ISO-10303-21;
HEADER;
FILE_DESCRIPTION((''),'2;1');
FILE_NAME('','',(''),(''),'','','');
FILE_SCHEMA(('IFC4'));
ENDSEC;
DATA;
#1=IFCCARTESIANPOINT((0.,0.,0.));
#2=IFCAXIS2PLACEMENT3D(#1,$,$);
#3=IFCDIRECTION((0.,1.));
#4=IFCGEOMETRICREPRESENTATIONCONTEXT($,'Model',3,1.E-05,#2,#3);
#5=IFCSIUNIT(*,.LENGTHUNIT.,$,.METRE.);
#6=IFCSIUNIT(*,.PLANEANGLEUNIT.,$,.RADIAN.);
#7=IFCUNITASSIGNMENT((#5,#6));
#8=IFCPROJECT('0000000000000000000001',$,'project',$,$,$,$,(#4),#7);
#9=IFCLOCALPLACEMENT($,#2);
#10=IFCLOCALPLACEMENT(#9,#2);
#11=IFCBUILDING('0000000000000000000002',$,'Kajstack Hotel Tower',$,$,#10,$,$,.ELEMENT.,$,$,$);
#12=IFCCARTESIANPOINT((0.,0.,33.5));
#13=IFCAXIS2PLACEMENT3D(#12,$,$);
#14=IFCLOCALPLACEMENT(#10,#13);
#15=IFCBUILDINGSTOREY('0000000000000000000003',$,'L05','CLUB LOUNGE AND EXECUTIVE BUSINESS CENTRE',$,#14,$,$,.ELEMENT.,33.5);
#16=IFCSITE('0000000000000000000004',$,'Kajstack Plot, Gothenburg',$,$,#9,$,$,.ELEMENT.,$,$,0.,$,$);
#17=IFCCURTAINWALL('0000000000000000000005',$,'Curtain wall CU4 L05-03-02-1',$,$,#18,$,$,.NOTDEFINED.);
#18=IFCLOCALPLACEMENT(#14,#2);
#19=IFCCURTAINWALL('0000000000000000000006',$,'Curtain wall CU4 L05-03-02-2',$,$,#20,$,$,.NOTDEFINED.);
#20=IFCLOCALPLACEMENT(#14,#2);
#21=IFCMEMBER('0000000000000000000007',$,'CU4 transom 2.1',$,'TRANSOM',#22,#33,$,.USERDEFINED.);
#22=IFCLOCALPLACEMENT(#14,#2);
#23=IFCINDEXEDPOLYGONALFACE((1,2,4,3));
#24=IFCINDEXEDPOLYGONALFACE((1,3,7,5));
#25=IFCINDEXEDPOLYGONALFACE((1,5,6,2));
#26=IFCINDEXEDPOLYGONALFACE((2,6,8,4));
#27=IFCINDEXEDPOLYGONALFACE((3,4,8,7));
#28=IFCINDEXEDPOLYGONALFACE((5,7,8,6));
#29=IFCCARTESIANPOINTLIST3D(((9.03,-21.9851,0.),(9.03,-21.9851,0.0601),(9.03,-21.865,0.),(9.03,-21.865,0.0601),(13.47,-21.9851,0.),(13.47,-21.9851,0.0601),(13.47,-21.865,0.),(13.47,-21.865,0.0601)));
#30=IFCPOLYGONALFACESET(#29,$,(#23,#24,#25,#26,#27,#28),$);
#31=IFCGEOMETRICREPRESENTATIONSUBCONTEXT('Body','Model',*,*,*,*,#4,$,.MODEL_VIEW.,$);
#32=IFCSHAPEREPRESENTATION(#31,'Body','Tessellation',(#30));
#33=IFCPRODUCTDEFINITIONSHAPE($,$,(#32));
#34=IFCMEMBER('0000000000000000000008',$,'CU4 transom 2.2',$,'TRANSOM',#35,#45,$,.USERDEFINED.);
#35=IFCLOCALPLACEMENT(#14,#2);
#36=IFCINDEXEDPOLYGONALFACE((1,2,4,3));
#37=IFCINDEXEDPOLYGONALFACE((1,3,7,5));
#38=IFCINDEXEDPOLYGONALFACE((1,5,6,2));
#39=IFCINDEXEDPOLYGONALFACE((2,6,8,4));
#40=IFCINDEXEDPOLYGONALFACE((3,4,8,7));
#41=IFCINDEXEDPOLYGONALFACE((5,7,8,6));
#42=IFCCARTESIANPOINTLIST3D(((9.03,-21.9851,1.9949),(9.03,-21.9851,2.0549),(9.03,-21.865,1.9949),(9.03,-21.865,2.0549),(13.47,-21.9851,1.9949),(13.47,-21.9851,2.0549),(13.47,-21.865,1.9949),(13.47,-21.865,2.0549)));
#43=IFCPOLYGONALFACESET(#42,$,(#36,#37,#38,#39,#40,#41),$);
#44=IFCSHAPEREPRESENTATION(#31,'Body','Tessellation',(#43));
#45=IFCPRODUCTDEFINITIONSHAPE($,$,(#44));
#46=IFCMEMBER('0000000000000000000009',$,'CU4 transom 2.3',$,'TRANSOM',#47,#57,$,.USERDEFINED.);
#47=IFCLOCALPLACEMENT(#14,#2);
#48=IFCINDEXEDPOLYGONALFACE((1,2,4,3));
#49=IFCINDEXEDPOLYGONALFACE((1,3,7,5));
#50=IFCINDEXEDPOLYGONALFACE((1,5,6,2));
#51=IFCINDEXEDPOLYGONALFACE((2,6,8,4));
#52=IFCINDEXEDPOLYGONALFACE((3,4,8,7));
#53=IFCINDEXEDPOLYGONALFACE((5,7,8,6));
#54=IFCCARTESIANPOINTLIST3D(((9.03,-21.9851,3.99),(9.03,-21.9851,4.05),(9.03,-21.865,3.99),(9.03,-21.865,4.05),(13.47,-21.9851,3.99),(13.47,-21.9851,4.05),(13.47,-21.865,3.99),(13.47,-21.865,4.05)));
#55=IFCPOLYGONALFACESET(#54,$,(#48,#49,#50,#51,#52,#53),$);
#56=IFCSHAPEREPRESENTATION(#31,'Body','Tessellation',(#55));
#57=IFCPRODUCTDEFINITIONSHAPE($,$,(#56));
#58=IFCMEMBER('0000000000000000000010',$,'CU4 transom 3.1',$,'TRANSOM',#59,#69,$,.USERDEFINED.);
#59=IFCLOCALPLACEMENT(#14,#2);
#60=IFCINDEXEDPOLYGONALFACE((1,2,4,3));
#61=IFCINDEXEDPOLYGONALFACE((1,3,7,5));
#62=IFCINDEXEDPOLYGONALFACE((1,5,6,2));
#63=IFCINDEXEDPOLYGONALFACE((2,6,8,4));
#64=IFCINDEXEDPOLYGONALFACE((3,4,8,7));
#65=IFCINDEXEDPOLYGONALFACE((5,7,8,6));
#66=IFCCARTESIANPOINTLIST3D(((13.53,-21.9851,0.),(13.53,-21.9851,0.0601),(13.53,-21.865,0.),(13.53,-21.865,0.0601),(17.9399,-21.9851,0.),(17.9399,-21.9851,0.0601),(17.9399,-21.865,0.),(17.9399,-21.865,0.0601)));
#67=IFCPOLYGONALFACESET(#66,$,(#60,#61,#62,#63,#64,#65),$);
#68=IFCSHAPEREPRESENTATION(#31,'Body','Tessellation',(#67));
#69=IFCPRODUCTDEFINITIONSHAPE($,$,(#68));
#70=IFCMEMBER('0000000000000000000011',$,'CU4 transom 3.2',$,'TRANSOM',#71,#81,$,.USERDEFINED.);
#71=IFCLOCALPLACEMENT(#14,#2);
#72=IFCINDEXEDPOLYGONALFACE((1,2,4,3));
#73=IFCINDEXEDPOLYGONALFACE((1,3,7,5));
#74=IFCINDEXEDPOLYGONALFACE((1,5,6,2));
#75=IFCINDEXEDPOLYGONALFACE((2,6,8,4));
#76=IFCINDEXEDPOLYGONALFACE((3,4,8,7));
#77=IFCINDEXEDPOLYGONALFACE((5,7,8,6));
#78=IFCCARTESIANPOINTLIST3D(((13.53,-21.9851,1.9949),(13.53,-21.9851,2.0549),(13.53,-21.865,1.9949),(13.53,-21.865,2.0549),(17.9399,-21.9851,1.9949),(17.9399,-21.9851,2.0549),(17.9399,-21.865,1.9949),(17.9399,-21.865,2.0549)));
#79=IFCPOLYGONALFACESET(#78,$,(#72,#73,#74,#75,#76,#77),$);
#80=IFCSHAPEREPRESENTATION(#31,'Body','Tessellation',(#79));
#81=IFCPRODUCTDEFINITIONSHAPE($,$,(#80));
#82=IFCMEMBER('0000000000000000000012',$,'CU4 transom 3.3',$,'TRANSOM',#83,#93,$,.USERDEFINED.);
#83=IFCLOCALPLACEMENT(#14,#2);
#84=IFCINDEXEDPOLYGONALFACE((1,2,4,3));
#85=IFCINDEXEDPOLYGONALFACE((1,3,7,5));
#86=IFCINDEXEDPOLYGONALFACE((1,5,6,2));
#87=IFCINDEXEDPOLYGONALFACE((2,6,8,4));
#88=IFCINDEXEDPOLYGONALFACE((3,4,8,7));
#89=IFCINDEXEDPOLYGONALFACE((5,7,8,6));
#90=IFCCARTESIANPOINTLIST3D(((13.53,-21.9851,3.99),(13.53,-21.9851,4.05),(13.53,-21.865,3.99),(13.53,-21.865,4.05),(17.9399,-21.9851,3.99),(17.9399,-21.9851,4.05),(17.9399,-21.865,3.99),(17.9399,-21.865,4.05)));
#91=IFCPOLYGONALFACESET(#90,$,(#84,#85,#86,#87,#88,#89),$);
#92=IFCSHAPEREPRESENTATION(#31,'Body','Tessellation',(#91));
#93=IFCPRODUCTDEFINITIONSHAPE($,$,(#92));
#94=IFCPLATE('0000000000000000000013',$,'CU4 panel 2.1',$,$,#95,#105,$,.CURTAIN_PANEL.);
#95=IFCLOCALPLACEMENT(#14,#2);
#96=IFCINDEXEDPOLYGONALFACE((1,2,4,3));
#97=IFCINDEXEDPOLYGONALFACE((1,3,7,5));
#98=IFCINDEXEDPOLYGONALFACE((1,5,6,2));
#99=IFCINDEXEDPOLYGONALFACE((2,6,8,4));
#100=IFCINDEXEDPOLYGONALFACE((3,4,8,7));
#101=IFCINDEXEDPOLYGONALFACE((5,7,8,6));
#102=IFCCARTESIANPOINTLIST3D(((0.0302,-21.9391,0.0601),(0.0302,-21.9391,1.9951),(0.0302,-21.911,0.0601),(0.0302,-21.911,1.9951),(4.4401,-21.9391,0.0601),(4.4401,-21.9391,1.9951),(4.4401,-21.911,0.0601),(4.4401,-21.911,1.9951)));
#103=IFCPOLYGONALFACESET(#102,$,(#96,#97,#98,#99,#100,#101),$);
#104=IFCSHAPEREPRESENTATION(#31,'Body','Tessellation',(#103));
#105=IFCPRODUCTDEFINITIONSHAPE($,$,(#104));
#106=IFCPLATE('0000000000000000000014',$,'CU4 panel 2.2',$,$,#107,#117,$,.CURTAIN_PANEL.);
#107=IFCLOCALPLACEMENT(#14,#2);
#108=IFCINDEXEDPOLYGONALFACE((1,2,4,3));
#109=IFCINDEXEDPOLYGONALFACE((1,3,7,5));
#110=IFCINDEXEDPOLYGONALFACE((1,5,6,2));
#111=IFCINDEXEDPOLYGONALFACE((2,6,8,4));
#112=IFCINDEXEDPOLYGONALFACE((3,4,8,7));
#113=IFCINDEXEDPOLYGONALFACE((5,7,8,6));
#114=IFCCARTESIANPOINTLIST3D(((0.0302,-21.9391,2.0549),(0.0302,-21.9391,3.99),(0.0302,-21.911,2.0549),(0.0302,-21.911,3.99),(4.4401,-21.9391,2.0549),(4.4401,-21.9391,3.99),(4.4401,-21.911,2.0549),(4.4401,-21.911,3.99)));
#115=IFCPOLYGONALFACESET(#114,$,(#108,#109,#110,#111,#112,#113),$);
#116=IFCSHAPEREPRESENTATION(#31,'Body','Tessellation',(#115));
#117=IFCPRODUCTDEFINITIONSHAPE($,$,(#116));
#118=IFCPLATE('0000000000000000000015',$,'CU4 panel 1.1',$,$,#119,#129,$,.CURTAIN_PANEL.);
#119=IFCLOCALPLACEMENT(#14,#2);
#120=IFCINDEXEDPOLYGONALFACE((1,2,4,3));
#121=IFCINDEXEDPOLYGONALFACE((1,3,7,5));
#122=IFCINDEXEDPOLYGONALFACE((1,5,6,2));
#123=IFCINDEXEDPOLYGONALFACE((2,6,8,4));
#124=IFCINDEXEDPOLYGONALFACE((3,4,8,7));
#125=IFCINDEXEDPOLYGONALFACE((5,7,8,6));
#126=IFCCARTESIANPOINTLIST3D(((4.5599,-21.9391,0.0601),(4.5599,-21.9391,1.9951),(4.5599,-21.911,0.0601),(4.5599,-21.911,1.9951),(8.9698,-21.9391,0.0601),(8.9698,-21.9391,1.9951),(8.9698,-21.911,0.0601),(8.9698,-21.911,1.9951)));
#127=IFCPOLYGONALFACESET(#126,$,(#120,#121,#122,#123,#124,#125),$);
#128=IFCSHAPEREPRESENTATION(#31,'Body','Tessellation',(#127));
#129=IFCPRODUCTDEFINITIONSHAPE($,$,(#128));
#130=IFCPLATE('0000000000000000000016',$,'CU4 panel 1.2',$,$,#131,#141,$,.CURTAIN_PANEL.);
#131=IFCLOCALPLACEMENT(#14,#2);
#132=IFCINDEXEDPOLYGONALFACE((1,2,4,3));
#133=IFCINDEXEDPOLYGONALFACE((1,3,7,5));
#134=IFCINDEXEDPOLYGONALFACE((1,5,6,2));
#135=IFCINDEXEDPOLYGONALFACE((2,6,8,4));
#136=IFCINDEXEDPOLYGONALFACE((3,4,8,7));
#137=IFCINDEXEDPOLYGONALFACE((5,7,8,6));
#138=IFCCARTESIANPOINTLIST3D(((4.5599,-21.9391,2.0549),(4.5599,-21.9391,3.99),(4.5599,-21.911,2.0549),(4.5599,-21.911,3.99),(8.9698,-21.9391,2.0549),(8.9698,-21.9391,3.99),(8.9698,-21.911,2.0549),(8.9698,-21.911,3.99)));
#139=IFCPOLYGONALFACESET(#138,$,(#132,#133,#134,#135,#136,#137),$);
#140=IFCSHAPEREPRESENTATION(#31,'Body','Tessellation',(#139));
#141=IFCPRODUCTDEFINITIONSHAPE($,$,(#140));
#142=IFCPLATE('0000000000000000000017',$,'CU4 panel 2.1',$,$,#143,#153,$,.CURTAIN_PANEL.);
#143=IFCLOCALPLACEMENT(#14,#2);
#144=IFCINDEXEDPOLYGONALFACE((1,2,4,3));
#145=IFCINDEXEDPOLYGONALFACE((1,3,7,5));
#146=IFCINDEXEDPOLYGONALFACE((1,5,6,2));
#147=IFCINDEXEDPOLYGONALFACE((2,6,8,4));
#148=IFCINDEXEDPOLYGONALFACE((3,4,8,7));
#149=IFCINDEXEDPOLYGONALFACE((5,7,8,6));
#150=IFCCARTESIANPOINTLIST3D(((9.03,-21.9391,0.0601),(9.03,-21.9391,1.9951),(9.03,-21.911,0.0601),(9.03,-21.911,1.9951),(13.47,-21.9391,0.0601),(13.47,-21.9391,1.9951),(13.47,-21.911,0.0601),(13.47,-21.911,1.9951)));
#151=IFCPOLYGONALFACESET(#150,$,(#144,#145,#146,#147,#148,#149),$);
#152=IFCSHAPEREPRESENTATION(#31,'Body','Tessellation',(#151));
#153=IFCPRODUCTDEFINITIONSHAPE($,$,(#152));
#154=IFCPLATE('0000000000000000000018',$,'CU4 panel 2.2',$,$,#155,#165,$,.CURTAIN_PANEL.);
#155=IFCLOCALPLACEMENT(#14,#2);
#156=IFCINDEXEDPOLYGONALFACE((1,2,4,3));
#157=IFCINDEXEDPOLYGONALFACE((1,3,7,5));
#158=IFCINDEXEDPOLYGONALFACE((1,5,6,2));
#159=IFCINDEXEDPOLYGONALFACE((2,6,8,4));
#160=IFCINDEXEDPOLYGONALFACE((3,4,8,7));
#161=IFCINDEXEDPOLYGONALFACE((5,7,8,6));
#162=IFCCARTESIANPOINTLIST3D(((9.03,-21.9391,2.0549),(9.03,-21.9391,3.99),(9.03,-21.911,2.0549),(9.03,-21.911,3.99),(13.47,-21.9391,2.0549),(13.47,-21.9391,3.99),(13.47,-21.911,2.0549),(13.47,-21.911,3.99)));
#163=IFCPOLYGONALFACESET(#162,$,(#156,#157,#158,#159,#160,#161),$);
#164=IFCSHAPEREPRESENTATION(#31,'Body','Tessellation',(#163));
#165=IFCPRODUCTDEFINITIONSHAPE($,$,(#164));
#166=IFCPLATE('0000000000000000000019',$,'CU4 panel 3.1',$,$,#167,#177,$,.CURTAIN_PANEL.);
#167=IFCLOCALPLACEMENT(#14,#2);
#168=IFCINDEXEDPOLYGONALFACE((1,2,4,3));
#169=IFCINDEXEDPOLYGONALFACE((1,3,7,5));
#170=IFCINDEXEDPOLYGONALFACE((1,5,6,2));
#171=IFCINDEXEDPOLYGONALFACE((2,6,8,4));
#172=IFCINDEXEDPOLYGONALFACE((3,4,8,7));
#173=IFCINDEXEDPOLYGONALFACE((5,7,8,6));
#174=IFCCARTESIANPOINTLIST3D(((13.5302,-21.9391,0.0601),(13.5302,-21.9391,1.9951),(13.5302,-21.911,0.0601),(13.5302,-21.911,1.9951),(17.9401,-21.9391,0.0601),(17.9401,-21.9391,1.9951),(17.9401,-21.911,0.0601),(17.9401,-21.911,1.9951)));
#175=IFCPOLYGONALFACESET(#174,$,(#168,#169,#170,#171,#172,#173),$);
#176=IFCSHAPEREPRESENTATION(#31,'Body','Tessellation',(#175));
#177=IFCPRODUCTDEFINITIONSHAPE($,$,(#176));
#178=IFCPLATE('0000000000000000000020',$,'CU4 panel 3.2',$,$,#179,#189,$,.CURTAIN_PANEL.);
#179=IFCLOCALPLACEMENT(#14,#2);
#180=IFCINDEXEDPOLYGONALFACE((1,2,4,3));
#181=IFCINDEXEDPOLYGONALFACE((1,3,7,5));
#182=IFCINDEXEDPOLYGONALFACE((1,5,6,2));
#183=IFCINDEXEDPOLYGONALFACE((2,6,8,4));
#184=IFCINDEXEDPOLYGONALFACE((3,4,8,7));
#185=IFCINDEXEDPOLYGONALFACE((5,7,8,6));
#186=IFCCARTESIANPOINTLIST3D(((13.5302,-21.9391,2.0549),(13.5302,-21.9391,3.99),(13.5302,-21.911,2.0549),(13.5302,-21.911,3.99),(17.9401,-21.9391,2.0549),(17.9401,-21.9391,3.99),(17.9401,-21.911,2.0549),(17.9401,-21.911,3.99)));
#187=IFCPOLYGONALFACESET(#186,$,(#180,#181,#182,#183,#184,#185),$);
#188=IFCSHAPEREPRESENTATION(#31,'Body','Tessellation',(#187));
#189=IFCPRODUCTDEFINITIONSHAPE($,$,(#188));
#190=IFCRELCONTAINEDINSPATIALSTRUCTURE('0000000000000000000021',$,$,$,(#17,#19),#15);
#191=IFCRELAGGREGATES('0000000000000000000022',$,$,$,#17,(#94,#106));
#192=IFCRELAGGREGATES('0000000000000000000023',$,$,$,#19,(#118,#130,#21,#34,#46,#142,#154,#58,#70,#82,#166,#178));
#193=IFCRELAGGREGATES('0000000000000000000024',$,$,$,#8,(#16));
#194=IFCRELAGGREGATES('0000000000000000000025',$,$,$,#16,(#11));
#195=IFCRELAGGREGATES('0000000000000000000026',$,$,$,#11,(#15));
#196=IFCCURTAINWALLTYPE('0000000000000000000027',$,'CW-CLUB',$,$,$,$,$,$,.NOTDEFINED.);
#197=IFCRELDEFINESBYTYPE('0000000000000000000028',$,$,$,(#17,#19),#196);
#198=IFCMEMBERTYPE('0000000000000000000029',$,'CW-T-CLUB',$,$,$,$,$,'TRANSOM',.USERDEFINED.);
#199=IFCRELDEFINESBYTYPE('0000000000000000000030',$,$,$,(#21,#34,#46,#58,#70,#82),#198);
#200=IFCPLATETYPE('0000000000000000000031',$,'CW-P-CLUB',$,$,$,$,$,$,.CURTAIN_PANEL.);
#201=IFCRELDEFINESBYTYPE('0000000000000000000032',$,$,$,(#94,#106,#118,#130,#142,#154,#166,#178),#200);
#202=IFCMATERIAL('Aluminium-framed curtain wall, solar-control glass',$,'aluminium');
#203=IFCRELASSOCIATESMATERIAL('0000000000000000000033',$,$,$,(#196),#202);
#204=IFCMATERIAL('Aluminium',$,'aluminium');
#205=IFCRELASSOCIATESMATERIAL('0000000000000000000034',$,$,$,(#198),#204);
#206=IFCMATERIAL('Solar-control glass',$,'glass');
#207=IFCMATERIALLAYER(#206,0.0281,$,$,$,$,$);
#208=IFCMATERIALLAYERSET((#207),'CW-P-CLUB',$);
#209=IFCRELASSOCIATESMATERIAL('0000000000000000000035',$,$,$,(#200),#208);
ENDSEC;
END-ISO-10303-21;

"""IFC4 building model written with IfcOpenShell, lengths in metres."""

from ifc_helpers import new_model, si_unit, direction, frame, origin, origin_2d, place, context, subcontext, project, spatial, rectangle, extrude, material, layer, layer_set, material_profile, profile_set, type_object, element, aggregate, save


model = new_model("IFC4")

# Units and contexts
model_context = context("Model", 3, precision=1e-05, world=origin(), true_north=direction((0.0, 1.0)))
body_context = subcontext(model_context, "Body", "Model", "MODEL_VIEW")
ifc_project = project(units=[si_unit("LENGTHUNIT", "METRE"), si_unit("PLANEANGLEUNIT", "RADIAN")], contexts=[model_context])

# Site, building, storey
site_placement = place(None, origin())
site = spatial("IfcSite", under=ifc_project, at=site_placement, Name="Kajstack Plot, Gothenburg", CompositionType="ELEMENT", RefElevation=0.0)
building_placement = place(site_placement, origin())
building = spatial("IfcBuilding", under=site, at=building_placement, Name="Kajstack Hotel Tower", CompositionType="ELEMENT")
storey_placement = place(building_placement, frame((0.0, 0.0, 33.5)))
storey = spatial("IfcBuildingStorey", under=building, at=storey_placement, Name="L05", Description="CLUB LOUNGE AND EXECUTIVE BUSINESS CENTRE", CompositionType="ELEMENT", Elevation=33.5)

# Curtain walls
ifc_material_1 = material(Name="Aluminium-framed curtain wall, solar-control glass", Category="aluminium")
curtain_wall_type = type_object("IfcCurtainWallType", Name="CW-CLUB", PredefinedType="NOTDEFINED", material=ifc_material_1)
curtain_wall_1_placement = place(storey_placement, origin())
curtain_wall_1 = element("IfcCurtainWall", 1, at=curtain_wall_1_placement, inside=storey, type_object=curtain_wall_type, Name="Curtain wall CU4 L05-03-02-1", PredefinedType="NOTDEFINED")
ifc_material_2 = material(Name="Aluminium", Category="aluminium")
curtain_wall_2_placement = place(storey_placement, origin())
curtain_wall_2 = element("IfcCurtainWall", 2, at=curtain_wall_2_placement, inside=storey, type_object=curtain_wall_type, Name="Curtain wall CU4 L05-03-02-2", PredefinedType="NOTDEFINED")

# Members
ifc_material_profile_1 = material_profile(ifc_material_2, rectangle(XDim=0.1201, YDim=0.0601, at=origin_2d()), Name="Aluminium transom 120 x 60")
ifc_profile_set_1 = profile_set([ifc_material_profile_1], Name="Aluminium")
member_type_1 = type_object("IfcMemberType", Name="CW-T-CLUB", ElementType="TRANSOM", PredefinedType="USERDEFINED", material=ifc_profile_set_1)
member_1_placement = place(storey_placement, frame((9.03, -21.925, 0.03), z_axis=(1.0, 0.0, 0.0), x_axis=(0.0, 1.0, 0.0)))
member_1 = element("IfcMember", 3, at=member_1_placement, type_object=member_type_1, Name="CU4 transom 2.1", ObjectType="TRANSOM", PredefinedType="USERDEFINED", context=body_context, shape_type="SweptSolid", body=[
    extrude(rectangle(XDim=0.1201, YDim=0.0601, at=origin_2d()), origin(), (0.0, 0.0, 1.0), 4.4399),
])
member_2_placement = place(storey_placement, frame((9.03, -21.925, 2.0249), z_axis=(1.0, 0.0, 0.0), x_axis=(0.0, 1.0, 0.0)))
member_2 = element("IfcMember", 4, at=member_2_placement, type_object=member_type_1, Name="CU4 transom 2.2", ObjectType="TRANSOM", PredefinedType="USERDEFINED", context=body_context, shape_type="SweptSolid", body=[
    extrude(rectangle(XDim=0.1201, YDim=0.0601, at=origin_2d()), origin(), (0.0, 0.0, 1.0), 4.4399),
])
member_3_placement = place(storey_placement, frame((9.03, -21.925, 4.02), z_axis=(1.0, 0.0, 0.0), x_axis=(0.0, 1.0, 0.0)))
member_3 = element("IfcMember", 5, at=member_3_placement, type_object=member_type_1, Name="CU4 transom 2.3", ObjectType="TRANSOM", PredefinedType="USERDEFINED", context=body_context, shape_type="SweptSolid", body=[
    extrude(rectangle(XDim=0.1201, YDim=0.0601, at=origin_2d()), origin(), (0.0, 0.0, 1.0), 4.4399),
])
member_4_placement = place(storey_placement, frame((13.53, -21.925, 0.03), z_axis=(1.0, 0.0, 0.0), x_axis=(0.0, 1.0, 0.0)))
member_4 = element("IfcMember", 6, at=member_4_placement, type_object=member_type_1, Name="CU4 transom 3.1", ObjectType="TRANSOM", PredefinedType="USERDEFINED", context=body_context, shape_type="SweptSolid", body=[
    extrude(rectangle(XDim=0.1201, YDim=0.0601, at=origin_2d()), origin(), (0.0, 0.0, 1.0), 4.4099),
])
member_5_placement = place(storey_placement, frame((13.53, -21.925, 2.0249), z_axis=(1.0, 0.0, 0.0), x_axis=(0.0, 1.0, 0.0)))
member_5 = element("IfcMember", 7, at=member_5_placement, type_object=member_type_1, Name="CU4 transom 3.2", ObjectType="TRANSOM", PredefinedType="USERDEFINED", context=body_context, shape_type="SweptSolid", body=[
    extrude(rectangle(XDim=0.1201, YDim=0.0601, at=origin_2d()), origin(), (0.0, 0.0, 1.0), 4.4099),
])
member_6_placement = place(storey_placement, frame((13.53, -21.925, 4.02), z_axis=(1.0, 0.0, 0.0), x_axis=(0.0, 1.0, 0.0)))
member_6 = element("IfcMember", 8, at=member_6_placement, type_object=member_type_1, Name="CU4 transom 3.3", ObjectType="TRANSOM", PredefinedType="USERDEFINED", context=body_context, shape_type="SweptSolid", body=[
    extrude(rectangle(XDim=0.1201, YDim=0.0601, at=origin_2d()), origin(), (0.0, 0.0, 1.0), 4.4099),
])

# Plates
ifc_material_3 = material(Name="Solar-control glass", Category="glass")
ifc_layer_1 = layer(ifc_material_3, 0.0281)
ifc_layer_set_1 = layer_set([ifc_layer_1], Name="CW-P-CLUB")
plate_type = type_object("IfcPlateType", Name="CW-P-CLUB", PredefinedType="CURTAIN_PANEL", material=ifc_layer_set_1)
plate_1_placement = place(storey_placement, frame((2.2351, -21.925, 0.0601), z_axis=(0.0, 0.0, 1.0), x_axis=(1.0, 0.0, 0.0)))
plate_1 = element("IfcPlate", 9, at=plate_1_placement, type_object=plate_type, Name="CU4 panel 2.1", PredefinedType="CURTAIN_PANEL", context=body_context, shape_type="SweptSolid", body=[
    extrude(rectangle(XDim=4.4099, YDim=0.0281, at=origin_2d()), origin(), (0.0, 0.0, 1.0), 1.9351),
])
plate_2_placement = place(storey_placement, frame((2.2351, -21.925, 2.0549), z_axis=(0.0, 0.0, 1.0), x_axis=(1.0, 0.0, 0.0)))
plate_2 = element("IfcPlate", 10, at=plate_2_placement, type_object=plate_type, Name="CU4 panel 2.2", PredefinedType="CURTAIN_PANEL", context=body_context, shape_type="SweptSolid", body=[
    extrude(rectangle(XDim=4.4099, YDim=0.0281, at=origin_2d()), origin(), (0.0, 0.0, 1.0), 1.9351),
])
aggregate(curtain_wall_1, [plate_1, plate_2])
plate_3_placement = place(storey_placement, frame((6.7649, -21.925, 0.0601), z_axis=(0.0, 0.0, 1.0), x_axis=(1.0, 0.0, 0.0)))
plate_3 = element("IfcPlate", 11, at=plate_3_placement, type_object=plate_type, Name="CU4 panel 1.1", PredefinedType="CURTAIN_PANEL", context=body_context, shape_type="SweptSolid", body=[
    extrude(rectangle(XDim=4.4099, YDim=0.0281, at=origin_2d()), origin(), (0.0, 0.0, 1.0), 1.9351),
])
plate_4_placement = place(storey_placement, frame((6.7649, -21.925, 2.0549), z_axis=(0.0, 0.0, 1.0), x_axis=(1.0, 0.0, 0.0)))
plate_4 = element("IfcPlate", 12, at=plate_4_placement, type_object=plate_type, Name="CU4 panel 1.2", PredefinedType="CURTAIN_PANEL", context=body_context, shape_type="SweptSolid", body=[
    extrude(rectangle(XDim=4.4099, YDim=0.0281, at=origin_2d()), origin(), (0.0, 0.0, 1.0), 1.9351),
])
plate_5_placement = place(storey_placement, frame((11.25, -21.925, 0.0601), z_axis=(0.0, 0.0, 1.0), x_axis=(1.0, 0.0, 0.0)))
plate_5 = element("IfcPlate", 13, at=plate_5_placement, type_object=plate_type, Name="CU4 panel 2.1", PredefinedType="CURTAIN_PANEL", context=body_context, shape_type="SweptSolid", body=[
    extrude(rectangle(XDim=4.4399, YDim=0.0281, at=origin_2d()), origin(), (0.0, 0.0, 1.0), 1.9351),
])
plate_6_placement = place(storey_placement, frame((11.25, -21.925, 2.0549), z_axis=(0.0, 0.0, 1.0), x_axis=(1.0, 0.0, 0.0)))
plate_6 = element("IfcPlate", 14, at=plate_6_placement, type_object=plate_type, Name="CU4 panel 2.2", PredefinedType="CURTAIN_PANEL", context=body_context, shape_type="SweptSolid", body=[
    extrude(rectangle(XDim=4.4399, YDim=0.0281, at=origin_2d()), origin(), (0.0, 0.0, 1.0), 1.9351),
])
plate_7_placement = place(storey_placement, frame((15.7351, -21.925, 0.0601), z_axis=(0.0, 0.0, 1.0), x_axis=(1.0, 0.0, 0.0)))
plate_7 = element("IfcPlate", 15, at=plate_7_placement, type_object=plate_type, Name="CU4 panel 3.1", PredefinedType="CURTAIN_PANEL", context=body_context, shape_type="SweptSolid", body=[
    extrude(rectangle(XDim=4.4099, YDim=0.0281, at=origin_2d()), origin(), (0.0, 0.0, 1.0), 1.9351),
])
plate_8_placement = place(storey_placement, frame((15.7351, -21.925, 2.0549), z_axis=(0.0, 0.0, 1.0), x_axis=(1.0, 0.0, 0.0)))
plate_8 = element("IfcPlate", 16, at=plate_8_placement, type_object=plate_type, Name="CU4 panel 3.2", PredefinedType="CURTAIN_PANEL", context=body_context, shape_type="SweptSolid", body=[
    extrude(rectangle(XDim=4.4099, YDim=0.0281, at=origin_2d()), origin(), (0.0, 0.0, 1.0), 1.9351),
])
aggregate(curtain_wall_2, [plate_3, plate_4, member_1, member_2, member_3, plate_5, plate_6, member_4, member_5, member_6, plate_7, plate_8])

save(model, "model.ifc")
